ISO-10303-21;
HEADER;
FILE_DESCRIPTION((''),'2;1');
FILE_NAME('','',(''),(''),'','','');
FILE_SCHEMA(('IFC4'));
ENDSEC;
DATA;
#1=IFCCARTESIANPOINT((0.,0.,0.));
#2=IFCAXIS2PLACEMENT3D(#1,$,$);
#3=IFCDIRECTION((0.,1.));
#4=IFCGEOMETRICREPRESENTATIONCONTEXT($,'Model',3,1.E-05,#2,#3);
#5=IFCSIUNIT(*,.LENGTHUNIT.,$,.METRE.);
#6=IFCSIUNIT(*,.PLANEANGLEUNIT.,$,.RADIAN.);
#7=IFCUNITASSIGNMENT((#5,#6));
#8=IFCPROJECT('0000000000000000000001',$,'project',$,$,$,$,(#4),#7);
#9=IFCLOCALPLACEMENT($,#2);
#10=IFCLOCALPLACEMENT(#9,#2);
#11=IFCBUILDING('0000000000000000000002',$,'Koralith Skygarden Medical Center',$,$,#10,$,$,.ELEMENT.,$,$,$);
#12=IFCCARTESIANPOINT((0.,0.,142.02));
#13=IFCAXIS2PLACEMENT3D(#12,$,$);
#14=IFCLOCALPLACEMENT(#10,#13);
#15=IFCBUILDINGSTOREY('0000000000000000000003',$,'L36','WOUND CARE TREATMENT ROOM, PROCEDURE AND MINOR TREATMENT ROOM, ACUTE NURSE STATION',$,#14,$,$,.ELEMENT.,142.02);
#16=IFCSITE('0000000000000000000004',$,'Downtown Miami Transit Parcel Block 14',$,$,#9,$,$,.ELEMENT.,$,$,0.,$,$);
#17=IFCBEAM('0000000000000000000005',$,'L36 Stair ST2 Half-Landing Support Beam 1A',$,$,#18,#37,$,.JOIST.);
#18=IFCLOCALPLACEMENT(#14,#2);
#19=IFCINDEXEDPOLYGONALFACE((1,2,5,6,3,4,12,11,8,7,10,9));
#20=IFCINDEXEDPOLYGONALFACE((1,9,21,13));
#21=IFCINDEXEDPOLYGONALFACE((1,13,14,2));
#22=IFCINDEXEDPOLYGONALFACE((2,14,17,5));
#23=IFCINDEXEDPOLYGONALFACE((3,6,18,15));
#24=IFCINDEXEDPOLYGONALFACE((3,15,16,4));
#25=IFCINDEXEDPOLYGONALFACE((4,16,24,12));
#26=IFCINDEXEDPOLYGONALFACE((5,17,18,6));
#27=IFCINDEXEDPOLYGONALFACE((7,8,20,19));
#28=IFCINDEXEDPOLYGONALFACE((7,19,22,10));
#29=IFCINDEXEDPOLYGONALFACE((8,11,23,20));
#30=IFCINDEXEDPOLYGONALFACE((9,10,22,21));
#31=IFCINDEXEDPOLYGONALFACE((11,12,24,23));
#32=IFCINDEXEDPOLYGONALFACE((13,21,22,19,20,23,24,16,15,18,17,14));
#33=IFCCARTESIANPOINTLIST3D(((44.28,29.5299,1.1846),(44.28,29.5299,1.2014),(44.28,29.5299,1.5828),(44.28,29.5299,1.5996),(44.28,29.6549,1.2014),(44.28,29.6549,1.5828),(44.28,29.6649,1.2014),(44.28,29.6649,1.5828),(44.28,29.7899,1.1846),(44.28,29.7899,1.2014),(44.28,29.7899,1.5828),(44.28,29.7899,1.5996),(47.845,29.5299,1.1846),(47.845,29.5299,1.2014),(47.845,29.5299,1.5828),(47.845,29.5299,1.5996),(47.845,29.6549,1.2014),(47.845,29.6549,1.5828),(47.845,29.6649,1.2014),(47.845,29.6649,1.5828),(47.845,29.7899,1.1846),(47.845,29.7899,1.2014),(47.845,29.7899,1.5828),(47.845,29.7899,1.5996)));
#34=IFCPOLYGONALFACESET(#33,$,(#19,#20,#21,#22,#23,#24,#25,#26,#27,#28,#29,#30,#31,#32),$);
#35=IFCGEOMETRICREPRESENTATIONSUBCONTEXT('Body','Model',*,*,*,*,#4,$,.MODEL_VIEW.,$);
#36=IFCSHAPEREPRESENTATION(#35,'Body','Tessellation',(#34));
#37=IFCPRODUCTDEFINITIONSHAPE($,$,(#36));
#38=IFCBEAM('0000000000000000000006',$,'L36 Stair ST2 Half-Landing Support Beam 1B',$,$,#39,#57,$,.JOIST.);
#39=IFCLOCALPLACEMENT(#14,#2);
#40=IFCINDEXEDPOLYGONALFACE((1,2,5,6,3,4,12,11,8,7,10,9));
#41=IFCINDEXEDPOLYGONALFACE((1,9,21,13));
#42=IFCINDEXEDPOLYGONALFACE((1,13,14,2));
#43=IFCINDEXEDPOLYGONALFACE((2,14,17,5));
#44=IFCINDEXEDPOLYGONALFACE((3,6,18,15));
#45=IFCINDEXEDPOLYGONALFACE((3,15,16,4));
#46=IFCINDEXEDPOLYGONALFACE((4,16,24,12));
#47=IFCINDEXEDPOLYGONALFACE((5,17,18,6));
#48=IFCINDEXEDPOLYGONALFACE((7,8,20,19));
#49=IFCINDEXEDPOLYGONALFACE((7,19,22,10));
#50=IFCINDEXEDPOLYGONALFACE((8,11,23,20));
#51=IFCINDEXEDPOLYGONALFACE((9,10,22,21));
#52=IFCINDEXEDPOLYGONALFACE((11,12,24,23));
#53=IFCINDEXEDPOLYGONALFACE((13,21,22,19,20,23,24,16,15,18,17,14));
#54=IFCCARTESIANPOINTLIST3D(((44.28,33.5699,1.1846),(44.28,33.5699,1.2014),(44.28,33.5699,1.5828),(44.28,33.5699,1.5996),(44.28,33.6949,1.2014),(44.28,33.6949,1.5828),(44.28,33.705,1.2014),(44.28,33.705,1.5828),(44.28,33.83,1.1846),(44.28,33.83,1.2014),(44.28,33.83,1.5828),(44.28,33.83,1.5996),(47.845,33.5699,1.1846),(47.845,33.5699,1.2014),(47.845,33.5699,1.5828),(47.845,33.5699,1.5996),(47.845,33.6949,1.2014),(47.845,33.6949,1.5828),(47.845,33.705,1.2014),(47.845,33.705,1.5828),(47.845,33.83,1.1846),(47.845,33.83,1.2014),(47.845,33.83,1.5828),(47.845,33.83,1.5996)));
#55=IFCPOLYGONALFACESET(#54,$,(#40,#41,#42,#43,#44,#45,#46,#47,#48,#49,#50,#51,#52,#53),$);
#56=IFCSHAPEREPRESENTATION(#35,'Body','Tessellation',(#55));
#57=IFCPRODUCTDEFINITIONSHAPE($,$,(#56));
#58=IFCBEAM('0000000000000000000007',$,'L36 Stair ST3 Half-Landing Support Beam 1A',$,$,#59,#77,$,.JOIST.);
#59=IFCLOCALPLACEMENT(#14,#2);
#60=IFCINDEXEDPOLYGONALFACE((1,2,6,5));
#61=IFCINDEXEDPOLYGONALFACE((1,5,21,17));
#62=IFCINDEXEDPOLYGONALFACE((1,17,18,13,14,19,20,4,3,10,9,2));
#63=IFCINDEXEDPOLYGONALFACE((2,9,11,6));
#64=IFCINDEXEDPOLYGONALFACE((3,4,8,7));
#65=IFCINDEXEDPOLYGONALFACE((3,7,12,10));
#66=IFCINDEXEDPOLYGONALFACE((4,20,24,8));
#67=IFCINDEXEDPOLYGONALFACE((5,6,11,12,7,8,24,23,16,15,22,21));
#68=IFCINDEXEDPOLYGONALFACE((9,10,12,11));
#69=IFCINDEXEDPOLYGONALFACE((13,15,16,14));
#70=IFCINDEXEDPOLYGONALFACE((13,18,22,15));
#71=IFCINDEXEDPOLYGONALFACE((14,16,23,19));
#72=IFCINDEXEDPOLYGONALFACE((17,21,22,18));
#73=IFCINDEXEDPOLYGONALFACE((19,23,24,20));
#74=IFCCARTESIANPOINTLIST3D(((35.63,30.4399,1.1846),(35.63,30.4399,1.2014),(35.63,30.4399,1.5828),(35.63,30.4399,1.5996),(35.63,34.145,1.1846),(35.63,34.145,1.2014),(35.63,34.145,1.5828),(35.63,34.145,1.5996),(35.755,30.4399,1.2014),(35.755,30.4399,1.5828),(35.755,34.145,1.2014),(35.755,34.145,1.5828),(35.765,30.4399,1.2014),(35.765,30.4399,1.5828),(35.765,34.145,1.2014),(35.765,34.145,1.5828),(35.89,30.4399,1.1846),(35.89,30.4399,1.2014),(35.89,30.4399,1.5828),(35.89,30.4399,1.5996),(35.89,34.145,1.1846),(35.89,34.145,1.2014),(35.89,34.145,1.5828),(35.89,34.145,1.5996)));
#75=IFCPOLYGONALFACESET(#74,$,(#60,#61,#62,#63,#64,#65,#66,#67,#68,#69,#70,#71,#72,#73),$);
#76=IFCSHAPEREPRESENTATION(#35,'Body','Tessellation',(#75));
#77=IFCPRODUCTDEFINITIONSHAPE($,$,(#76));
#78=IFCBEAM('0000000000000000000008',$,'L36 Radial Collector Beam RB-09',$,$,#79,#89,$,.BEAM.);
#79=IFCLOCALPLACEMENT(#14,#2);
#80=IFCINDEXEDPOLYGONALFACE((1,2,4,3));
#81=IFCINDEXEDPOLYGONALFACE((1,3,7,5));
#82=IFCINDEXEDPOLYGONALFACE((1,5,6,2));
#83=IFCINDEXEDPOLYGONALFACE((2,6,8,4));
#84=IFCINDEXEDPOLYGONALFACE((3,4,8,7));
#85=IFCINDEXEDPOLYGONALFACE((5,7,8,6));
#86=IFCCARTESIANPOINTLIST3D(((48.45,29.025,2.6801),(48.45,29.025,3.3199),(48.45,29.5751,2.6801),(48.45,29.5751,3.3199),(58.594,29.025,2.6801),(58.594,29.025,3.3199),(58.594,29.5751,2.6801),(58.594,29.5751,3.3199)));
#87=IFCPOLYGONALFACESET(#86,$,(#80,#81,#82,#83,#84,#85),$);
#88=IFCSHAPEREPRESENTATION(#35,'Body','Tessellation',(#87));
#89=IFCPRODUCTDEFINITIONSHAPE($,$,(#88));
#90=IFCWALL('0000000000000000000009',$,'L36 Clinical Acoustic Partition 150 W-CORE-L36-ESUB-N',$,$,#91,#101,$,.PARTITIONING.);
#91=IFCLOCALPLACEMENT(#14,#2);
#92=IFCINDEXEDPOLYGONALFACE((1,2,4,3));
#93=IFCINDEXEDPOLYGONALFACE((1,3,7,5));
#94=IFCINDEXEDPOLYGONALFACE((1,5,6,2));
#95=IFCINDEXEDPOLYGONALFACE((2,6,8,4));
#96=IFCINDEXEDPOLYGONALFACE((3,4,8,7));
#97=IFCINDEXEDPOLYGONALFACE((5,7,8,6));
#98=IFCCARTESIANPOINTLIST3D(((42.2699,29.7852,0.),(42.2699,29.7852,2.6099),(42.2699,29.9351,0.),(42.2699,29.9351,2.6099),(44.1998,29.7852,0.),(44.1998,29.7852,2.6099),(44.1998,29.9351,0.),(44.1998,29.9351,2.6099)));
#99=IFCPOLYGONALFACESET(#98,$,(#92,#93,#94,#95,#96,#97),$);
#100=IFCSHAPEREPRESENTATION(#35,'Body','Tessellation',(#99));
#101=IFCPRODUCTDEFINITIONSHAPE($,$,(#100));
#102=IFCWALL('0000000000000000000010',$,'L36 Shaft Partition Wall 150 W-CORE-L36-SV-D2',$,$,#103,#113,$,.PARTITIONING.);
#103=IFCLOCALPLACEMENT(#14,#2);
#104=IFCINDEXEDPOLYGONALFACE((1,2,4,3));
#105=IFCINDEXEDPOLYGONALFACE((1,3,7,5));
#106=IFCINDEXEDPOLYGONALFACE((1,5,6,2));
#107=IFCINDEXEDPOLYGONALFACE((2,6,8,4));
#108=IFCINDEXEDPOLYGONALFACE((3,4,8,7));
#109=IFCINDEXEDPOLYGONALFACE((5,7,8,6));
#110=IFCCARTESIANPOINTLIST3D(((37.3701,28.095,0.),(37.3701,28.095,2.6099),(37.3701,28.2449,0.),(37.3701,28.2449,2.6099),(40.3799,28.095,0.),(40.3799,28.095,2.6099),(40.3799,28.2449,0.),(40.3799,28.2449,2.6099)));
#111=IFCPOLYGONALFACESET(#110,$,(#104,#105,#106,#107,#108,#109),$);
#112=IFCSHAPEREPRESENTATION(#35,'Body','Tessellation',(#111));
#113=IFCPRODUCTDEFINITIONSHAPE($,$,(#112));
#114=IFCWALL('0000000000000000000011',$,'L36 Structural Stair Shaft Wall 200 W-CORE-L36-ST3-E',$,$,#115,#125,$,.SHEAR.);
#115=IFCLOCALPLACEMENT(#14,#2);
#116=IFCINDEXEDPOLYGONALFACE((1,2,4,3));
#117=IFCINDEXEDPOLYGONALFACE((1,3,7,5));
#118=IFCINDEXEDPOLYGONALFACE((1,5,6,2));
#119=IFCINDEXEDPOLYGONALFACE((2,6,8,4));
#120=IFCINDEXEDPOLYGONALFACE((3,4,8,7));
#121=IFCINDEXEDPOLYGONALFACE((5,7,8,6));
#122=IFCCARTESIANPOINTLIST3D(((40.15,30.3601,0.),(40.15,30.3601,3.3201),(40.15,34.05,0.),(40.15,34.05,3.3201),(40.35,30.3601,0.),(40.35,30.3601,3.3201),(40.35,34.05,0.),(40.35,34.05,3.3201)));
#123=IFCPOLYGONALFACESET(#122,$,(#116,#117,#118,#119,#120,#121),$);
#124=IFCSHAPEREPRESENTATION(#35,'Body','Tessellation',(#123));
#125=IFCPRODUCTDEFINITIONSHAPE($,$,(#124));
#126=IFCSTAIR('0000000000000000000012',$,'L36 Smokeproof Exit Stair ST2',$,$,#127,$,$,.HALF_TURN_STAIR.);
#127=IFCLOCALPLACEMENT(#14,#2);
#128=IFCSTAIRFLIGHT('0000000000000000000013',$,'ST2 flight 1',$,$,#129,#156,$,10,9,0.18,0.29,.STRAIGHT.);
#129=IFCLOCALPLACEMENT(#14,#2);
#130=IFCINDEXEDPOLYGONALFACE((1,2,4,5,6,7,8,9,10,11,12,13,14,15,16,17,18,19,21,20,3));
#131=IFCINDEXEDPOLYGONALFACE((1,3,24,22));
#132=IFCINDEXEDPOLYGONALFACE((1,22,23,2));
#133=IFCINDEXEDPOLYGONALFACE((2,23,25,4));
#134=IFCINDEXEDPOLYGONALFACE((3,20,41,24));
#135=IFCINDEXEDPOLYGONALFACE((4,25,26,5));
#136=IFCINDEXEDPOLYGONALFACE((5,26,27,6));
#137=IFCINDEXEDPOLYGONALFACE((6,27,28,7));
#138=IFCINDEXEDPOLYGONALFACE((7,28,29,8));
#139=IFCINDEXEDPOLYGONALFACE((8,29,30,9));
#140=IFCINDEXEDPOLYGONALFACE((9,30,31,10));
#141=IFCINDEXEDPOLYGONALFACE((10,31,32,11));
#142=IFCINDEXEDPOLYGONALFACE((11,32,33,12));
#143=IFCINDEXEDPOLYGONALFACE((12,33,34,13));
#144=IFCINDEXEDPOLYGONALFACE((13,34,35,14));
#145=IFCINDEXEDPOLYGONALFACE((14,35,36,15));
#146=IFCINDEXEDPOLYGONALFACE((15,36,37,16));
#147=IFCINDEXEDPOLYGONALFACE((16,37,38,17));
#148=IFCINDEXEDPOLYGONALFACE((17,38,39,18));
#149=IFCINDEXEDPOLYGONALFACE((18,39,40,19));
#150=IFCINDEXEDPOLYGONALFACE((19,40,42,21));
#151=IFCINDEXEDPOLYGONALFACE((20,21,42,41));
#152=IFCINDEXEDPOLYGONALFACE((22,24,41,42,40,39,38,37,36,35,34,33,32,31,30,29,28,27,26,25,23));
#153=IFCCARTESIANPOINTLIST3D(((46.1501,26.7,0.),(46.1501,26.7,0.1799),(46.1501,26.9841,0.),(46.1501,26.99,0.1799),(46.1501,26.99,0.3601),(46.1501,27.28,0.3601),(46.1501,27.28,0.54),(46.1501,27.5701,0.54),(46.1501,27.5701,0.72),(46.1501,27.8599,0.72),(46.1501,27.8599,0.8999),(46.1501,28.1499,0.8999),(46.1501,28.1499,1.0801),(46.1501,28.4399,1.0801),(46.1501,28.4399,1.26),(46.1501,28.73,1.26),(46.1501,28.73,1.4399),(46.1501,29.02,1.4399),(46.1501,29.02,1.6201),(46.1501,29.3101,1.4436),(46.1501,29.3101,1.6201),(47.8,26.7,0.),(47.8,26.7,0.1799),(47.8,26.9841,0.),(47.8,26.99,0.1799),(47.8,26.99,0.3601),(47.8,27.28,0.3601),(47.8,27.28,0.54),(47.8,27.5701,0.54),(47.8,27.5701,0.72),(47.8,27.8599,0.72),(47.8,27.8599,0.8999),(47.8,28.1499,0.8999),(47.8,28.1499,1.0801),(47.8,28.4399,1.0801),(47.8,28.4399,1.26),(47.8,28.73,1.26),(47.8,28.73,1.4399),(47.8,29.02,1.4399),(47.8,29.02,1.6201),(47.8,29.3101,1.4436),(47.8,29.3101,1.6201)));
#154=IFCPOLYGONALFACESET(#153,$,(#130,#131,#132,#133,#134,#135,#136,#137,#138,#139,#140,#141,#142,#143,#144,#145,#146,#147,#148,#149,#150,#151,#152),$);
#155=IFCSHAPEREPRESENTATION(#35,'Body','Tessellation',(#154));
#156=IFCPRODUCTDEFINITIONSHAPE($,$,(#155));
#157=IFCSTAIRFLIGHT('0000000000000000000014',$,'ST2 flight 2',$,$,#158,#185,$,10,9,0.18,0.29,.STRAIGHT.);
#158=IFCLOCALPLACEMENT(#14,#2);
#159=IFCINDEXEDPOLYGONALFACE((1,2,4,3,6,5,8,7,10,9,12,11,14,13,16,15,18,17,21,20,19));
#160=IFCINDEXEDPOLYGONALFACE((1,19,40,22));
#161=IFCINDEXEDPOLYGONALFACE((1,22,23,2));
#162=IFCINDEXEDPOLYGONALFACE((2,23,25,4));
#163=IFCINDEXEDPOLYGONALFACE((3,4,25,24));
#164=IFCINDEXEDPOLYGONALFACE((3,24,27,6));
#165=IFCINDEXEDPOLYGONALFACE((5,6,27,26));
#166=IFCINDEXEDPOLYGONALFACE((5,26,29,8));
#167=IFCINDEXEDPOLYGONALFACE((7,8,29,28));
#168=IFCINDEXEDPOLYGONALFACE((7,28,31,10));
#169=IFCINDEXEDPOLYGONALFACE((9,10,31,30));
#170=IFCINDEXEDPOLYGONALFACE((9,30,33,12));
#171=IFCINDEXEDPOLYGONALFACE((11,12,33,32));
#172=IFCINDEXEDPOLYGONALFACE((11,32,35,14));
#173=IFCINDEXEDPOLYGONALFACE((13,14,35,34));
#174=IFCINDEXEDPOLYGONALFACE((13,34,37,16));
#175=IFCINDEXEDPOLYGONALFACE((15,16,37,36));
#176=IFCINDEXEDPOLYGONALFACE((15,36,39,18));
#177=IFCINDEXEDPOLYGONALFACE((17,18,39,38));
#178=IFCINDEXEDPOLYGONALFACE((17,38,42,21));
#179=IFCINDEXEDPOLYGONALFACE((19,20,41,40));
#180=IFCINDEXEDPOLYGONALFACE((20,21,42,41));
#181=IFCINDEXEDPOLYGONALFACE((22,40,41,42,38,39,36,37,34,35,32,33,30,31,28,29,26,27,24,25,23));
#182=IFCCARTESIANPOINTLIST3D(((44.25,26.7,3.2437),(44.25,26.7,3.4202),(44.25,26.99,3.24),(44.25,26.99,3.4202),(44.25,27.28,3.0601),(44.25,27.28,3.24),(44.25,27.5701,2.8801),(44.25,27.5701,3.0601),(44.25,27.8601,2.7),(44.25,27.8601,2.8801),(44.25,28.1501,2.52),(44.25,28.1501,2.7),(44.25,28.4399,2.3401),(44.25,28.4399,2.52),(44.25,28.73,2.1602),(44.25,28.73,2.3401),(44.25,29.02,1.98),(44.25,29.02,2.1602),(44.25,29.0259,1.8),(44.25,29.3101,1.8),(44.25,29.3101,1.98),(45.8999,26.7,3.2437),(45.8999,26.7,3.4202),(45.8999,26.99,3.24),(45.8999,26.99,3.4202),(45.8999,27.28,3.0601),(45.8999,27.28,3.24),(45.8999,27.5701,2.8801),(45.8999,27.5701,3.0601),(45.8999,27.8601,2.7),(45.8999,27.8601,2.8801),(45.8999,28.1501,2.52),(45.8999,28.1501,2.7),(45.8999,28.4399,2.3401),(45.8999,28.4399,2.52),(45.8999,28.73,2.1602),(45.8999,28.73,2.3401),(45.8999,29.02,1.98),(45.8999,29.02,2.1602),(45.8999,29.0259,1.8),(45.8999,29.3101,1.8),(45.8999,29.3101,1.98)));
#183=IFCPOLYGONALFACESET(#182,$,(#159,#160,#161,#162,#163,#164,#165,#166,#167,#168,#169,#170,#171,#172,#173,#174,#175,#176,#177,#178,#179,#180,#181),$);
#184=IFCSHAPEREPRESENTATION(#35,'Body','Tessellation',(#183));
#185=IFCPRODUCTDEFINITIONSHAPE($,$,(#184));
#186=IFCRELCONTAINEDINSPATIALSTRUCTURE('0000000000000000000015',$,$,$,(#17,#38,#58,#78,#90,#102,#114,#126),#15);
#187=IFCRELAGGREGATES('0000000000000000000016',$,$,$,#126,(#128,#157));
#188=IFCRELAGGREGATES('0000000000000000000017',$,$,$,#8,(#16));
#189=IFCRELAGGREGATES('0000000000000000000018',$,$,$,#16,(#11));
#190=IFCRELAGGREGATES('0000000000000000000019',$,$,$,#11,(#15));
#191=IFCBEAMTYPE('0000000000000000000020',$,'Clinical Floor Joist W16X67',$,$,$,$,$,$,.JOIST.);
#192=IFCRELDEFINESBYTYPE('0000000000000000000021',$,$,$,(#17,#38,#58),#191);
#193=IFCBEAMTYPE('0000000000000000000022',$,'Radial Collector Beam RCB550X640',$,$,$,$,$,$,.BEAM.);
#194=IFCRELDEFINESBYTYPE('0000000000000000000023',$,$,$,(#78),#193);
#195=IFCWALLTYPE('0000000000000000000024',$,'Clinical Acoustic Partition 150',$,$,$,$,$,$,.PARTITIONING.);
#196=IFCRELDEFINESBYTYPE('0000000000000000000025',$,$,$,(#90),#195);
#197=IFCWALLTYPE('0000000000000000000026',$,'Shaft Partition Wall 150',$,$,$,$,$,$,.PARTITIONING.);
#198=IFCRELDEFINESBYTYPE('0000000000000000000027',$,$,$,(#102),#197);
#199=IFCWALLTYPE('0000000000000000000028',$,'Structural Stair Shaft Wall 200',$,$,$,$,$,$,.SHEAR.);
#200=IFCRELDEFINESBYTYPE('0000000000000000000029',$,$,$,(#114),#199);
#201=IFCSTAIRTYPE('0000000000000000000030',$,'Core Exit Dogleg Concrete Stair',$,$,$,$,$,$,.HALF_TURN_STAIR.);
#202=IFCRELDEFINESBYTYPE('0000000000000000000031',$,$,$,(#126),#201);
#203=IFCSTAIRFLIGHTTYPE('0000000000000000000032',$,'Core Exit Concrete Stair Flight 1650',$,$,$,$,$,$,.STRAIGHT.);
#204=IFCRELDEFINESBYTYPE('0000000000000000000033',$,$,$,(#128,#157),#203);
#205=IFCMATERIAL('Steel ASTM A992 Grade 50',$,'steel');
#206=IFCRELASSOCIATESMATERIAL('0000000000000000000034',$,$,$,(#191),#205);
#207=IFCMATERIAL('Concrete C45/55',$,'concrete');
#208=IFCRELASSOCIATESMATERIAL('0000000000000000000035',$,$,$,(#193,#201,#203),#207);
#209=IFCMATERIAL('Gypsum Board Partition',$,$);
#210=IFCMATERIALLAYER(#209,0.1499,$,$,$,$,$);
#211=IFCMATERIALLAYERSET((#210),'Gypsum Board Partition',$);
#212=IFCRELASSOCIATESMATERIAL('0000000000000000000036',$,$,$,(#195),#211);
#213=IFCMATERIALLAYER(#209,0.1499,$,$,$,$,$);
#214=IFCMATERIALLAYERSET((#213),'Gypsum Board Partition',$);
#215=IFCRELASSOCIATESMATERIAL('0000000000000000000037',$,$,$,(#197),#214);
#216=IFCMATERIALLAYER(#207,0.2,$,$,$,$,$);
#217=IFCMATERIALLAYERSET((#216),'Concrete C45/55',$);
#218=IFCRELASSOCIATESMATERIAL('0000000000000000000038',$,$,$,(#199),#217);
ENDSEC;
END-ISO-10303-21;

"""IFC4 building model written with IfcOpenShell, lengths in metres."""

from ifc_helpers import new_model, si_unit, direction, frame, frame_2d, origin, origin_2d, place, context, subcontext, project, spatial, polyline, rectangle, i_section, outline, extrude, material, layer, layer_set, material_profile, profile_set, type_object, element, aggregate, save


model = new_model("IFC4")

# Units and contexts
model_context = context("Model", 3, precision=1e-05, world=origin(), true_north=direction((0.0, 1.0)))
body_context = subcontext(model_context, "Body", "Model", "MODEL_VIEW")
ifc_project = project(units=[si_unit("LENGTHUNIT", "METRE"), si_unit("PLANEANGLEUNIT", "RADIAN")], contexts=[model_context])

# Site, building, storey
site_placement = place(None, origin())
site = spatial("IfcSite", under=ifc_project, at=site_placement, Name="Downtown Miami Transit Parcel Block 14", CompositionType="ELEMENT", RefElevation=0.0)
building_placement = place(site_placement, origin())
building = spatial("IfcBuilding", under=site, at=building_placement, Name="Koralith Skygarden Medical Center", CompositionType="ELEMENT")
storey_placement = place(building_placement, frame((0.0, 0.0, 142.02)))
storey = spatial("IfcBuildingStorey", under=building, at=storey_placement, Name="L36", Description="WOUND CARE TREATMENT ROOM, PROCEDURE AND MINOR TREATMENT ROOM, ACUTE NURSE STATION", CompositionType="ELEMENT", Elevation=142.02)

# Beams
ifc_material_1 = material(Name="Steel ASTM A992 Grade 50", Category="steel")
ifc_material_profile_1 = material_profile(ifc_material_1, i_section(OverallWidth=0.26, OverallDepth=0.415, WebThickness=0.01, FlangeThickness=0.0168, at=origin_2d()), Name="W16X67")
ifc_profile_set_1 = profile_set([ifc_material_profile_1], Name="Steel ASTM A992 Grade 50")
beam_type_1 = type_object("IfcBeamType", Name="Clinical Floor Joist W16X67", PredefinedType="JOIST", material=ifc_profile_set_1)
for number, where, z_axis, x_axis, name in (
    (1, (44.28, 29.6599, 1.3921), (1.0, 0.0, 0.0), (0.0, 1.0, 0.0), "L36 Stair ST2 Half-Landing Support Beam 1A"),
    (2, (44.28, 33.7, 1.3921), (1.0, 0.0, 0.0), (0.0, 1.0, 0.0), "L36 Stair ST2 Half-Landing Support Beam 1B"),
):
    element("IfcBeam", number, at=place(storey_placement, frame(where, z_axis=z_axis, x_axis=x_axis)), inside=storey, type_object=beam_type_1, Name=name, PredefinedType="JOIST", context=body_context, shape_type="SweptSolid", body=[
        extrude(i_section(OverallWidth=0.26, OverallDepth=0.415, WebThickness=0.01, FlangeThickness=0.0168, at=origin_2d()), origin(), (0.0, 0.0, 1.0), 3.5649),
    ])
beam_1_placement = place(storey_placement, frame((35.76, 30.4399, 1.3921), z_axis=(0.0, 1.0, 0.0), x_axis=(-1.0, 0.0, 0.0)))
element("IfcBeam", 3, at=beam_1_placement, inside=storey, type_object=beam_type_1, Name="L36 Stair ST3 Half-Landing Support Beam 1A", PredefinedType="JOIST", context=body_context, shape_type="SweptSolid", body=[
    extrude(i_section(OverallWidth=0.26, OverallDepth=0.415, WebThickness=0.01, FlangeThickness=0.0168, at=origin_2d()), origin(), (0.0, 0.0, 1.0), 3.7051),
])
ifc_material_2 = material(Name="Concrete C45/55", Category="concrete")
ifc_material_profile_2 = material_profile(ifc_material_2, rectangle(XDim=0.55, YDim=0.6399, at=origin_2d()), Name="RCB550X640")
ifc_profile_set_2 = profile_set([ifc_material_profile_2], Name="Concrete C45/55")
beam_type_2 = type_object("IfcBeamType", Name="Radial Collector Beam RCB550X640", PredefinedType="BEAM", material=ifc_profile_set_2)
beam_2_placement = place(storey_placement, frame((48.45, 29.3, 3.0), z_axis=(1.0, 0.0, 0.0), x_axis=(0.0, 1.0, 0.0)))
element("IfcBeam", 4, at=beam_2_placement, inside=storey, type_object=beam_type_2, Name="L36 Radial Collector Beam RB-09", PredefinedType="BEAM", context=body_context, shape_type="SweptSolid", body=[
    extrude(rectangle(XDim=0.55, YDim=0.6399, at=origin_2d()), origin(), (0.0, 0.0, 1.0), 10.144),
])

# Wall
ifc_material_3 = material(Name="Gypsum Board Partition")
ifc_layer_1 = layer(ifc_material_3, 0.1499)
ifc_layer_set_1 = layer_set([ifc_layer_1], Name="Gypsum Board Partition")
wall_type_1 = type_object("IfcWallType", Name="Clinical Acoustic Partition 150", PredefinedType="PARTITIONING", material=ifc_layer_set_1)
wall_1_placement = place(storey_placement, frame((42.27, 29.8601, 0.0), z_axis=(0.0, 0.0, 1.0), x_axis=(1.0, 0.0, 0.0)))
element("IfcWall", 5, at=wall_1_placement, inside=storey, type_object=wall_type_1, Name="L36 Clinical Acoustic Partition 150 W-CORE-L36-ESUB-N", PredefinedType="PARTITIONING", context=body_context, shape_type="SweptSolid", body=[
    extrude(rectangle(XDim=1.9299, YDim=0.1499, at=frame_2d((0.9648, 0.0))), origin(), (0.0, 0.0, 1.0), 2.6099),
])

# Walls
ifc_layer_2 = layer(ifc_material_3, 0.1499)
ifc_layer_set_2 = layer_set([ifc_layer_2], Name="Gypsum Board Partition")
wall_type_2 = type_object("IfcWallType", Name="Shaft Partition Wall 150", PredefinedType="PARTITIONING", material=ifc_layer_set_2)
wall_2_placement = place(storey_placement, frame((37.3701, 28.1699, 0.0), z_axis=(0.0, 0.0, 1.0), x_axis=(1.0, 0.0, 0.0)))
element("IfcWall", 6, at=wall_2_placement, inside=storey, type_object=wall_type_2, Name="L36 Shaft Partition Wall 150 W-CORE-L36-SV-D2", PredefinedType="PARTITIONING", context=body_context, shape_type="SweptSolid", body=[
    extrude(rectangle(XDim=3.0098, YDim=0.1499, at=frame_2d((1.5049, 0.0))), origin(), (0.0, 0.0, 1.0), 2.6099),
])
ifc_layer_3 = layer(ifc_material_2, 0.2)
ifc_layer_set_3 = layer_set([ifc_layer_3], Name="Concrete C45/55")
wall_type_3 = type_object("IfcWallType", Name="Structural Stair Shaft Wall 200", PredefinedType="SHEAR", material=ifc_layer_set_3)
wall_3_placement = place(storey_placement, frame((40.25, 30.3601, 0.0), z_axis=(0.0, 0.0, 1.0), x_axis=(0.0, 1.0, 0.0)))
element("IfcWall", 7, at=wall_3_placement, inside=storey, type_object=wall_type_3, Name="L36 Structural Stair Shaft Wall 200 W-CORE-L36-ST3-E", PredefinedType="SHEAR", context=body_context, shape_type="SweptSolid", body=[
    extrude(rectangle(XDim=3.6899, YDim=0.2, at=frame_2d((1.845, 0.0))), origin(), (0.0, 0.0, 1.0), 3.3201),
])

# Stair, stair flights
stair_type = type_object("IfcStairType", Name="Core Exit Dogleg Concrete Stair", PredefinedType="HALF_TURN_STAIR", material=ifc_material_2)
stair_placement = place(storey_placement, origin())
stair = element("IfcStair", 8, at=stair_placement, inside=storey, type_object=stair_type, Name="L36 Smokeproof Exit Stair ST2", PredefinedType="HALF_TURN_STAIR")
stair_flight_type = type_object("IfcStairFlightType", Name="Core Exit Concrete Stair Flight 1650", PredefinedType="STRAIGHT", material=ifc_material_2)
stair_flight_1_placement = place(storey_placement, frame((46.9751, 26.7, 0.0), z_axis=(0.0, 0.0, 1.0), x_axis=(0.0, 1.0, 0.0)))
stair_flight_1 = element("IfcStairFlight", 9, at=stair_flight_1_placement, type_object=stair_flight_type, Name="ST2 flight 1", NumberOfRisers=10, NumberOfTreads=9, PredefinedType="STRAIGHT", RiserHeight=0.18, TreadLength=0.29, context=body_context, shape_type="SweptSolid", body=[
    extrude(outline(polyline([(0.0, 0.0), (0.0, 0.1799), (0.29, 0.1799), (0.29, 0.3601), (0.5801, 0.3601), (0.5801, 0.54), (0.8701, 0.54), (0.8701, 0.72), (1.1599, 0.72), (1.1599, 0.8999), (1.45, 0.8999), (1.45, 1.0801), (1.74, 1.0801), (1.74, 1.26), (2.03, 1.26), (2.03, 1.4399), (2.3201, 1.4399), (2.3201, 1.6201), (2.6101, 1.6201), (2.6101, 1.8), (2.6101, 1.4436), (0.2842, 0.0), (0.0, 0.0)])), frame((0.0, 0.825, 0.0), z_axis=(0.0, -1.0, 0.0), x_axis=(1.0, 0.0, 0.0)), (0.0, 0.0, 1.0), 1.6499),
])
stair_flight_2_placement = place(storey_placement, frame((45.075, 29.3101, 1.8), z_axis=(0.0, 0.0, 1.0), x_axis=(0.0, -1.0, 0.0)))
stair_flight_2 = element("IfcStairFlight", 10, at=stair_flight_2_placement, type_object=stair_flight_type, Name="ST2 flight 2", NumberOfRisers=10, NumberOfTreads=9, PredefinedType="STRAIGHT", RiserHeight=0.18, TreadLength=0.29, context=body_context, shape_type="SweptSolid", body=[
    extrude(outline(polyline([(0.0, 0.0), (0.0, 0.1799), (0.29, 0.1799), (0.29, 0.3601), (0.5801, 0.3601), (0.5801, 0.54), (0.8701, 0.54), (0.8701, 0.72), (1.1599, 0.72), (1.1599, 0.8999), (1.45, 0.8999), (1.45, 1.0801), (1.74, 1.0801), (1.74, 1.26), (2.03, 1.26), (2.03, 1.4399), (2.3201, 1.4399), (2.3201, 1.6201), (2.6101, 1.6201), (2.6101, 1.8), (2.6101, 1.4436), (0.2842, 0.0), (0.0, 0.0)])), frame((0.0, 0.825, 0.0), z_axis=(0.0, -1.0, 0.0), x_axis=(1.0, 0.0, 0.0)), (0.0, 0.0, 1.0), 1.6499),
])
aggregate(stair, [stair_flight_1, stair_flight_2])

save(model, "model.ifc")
